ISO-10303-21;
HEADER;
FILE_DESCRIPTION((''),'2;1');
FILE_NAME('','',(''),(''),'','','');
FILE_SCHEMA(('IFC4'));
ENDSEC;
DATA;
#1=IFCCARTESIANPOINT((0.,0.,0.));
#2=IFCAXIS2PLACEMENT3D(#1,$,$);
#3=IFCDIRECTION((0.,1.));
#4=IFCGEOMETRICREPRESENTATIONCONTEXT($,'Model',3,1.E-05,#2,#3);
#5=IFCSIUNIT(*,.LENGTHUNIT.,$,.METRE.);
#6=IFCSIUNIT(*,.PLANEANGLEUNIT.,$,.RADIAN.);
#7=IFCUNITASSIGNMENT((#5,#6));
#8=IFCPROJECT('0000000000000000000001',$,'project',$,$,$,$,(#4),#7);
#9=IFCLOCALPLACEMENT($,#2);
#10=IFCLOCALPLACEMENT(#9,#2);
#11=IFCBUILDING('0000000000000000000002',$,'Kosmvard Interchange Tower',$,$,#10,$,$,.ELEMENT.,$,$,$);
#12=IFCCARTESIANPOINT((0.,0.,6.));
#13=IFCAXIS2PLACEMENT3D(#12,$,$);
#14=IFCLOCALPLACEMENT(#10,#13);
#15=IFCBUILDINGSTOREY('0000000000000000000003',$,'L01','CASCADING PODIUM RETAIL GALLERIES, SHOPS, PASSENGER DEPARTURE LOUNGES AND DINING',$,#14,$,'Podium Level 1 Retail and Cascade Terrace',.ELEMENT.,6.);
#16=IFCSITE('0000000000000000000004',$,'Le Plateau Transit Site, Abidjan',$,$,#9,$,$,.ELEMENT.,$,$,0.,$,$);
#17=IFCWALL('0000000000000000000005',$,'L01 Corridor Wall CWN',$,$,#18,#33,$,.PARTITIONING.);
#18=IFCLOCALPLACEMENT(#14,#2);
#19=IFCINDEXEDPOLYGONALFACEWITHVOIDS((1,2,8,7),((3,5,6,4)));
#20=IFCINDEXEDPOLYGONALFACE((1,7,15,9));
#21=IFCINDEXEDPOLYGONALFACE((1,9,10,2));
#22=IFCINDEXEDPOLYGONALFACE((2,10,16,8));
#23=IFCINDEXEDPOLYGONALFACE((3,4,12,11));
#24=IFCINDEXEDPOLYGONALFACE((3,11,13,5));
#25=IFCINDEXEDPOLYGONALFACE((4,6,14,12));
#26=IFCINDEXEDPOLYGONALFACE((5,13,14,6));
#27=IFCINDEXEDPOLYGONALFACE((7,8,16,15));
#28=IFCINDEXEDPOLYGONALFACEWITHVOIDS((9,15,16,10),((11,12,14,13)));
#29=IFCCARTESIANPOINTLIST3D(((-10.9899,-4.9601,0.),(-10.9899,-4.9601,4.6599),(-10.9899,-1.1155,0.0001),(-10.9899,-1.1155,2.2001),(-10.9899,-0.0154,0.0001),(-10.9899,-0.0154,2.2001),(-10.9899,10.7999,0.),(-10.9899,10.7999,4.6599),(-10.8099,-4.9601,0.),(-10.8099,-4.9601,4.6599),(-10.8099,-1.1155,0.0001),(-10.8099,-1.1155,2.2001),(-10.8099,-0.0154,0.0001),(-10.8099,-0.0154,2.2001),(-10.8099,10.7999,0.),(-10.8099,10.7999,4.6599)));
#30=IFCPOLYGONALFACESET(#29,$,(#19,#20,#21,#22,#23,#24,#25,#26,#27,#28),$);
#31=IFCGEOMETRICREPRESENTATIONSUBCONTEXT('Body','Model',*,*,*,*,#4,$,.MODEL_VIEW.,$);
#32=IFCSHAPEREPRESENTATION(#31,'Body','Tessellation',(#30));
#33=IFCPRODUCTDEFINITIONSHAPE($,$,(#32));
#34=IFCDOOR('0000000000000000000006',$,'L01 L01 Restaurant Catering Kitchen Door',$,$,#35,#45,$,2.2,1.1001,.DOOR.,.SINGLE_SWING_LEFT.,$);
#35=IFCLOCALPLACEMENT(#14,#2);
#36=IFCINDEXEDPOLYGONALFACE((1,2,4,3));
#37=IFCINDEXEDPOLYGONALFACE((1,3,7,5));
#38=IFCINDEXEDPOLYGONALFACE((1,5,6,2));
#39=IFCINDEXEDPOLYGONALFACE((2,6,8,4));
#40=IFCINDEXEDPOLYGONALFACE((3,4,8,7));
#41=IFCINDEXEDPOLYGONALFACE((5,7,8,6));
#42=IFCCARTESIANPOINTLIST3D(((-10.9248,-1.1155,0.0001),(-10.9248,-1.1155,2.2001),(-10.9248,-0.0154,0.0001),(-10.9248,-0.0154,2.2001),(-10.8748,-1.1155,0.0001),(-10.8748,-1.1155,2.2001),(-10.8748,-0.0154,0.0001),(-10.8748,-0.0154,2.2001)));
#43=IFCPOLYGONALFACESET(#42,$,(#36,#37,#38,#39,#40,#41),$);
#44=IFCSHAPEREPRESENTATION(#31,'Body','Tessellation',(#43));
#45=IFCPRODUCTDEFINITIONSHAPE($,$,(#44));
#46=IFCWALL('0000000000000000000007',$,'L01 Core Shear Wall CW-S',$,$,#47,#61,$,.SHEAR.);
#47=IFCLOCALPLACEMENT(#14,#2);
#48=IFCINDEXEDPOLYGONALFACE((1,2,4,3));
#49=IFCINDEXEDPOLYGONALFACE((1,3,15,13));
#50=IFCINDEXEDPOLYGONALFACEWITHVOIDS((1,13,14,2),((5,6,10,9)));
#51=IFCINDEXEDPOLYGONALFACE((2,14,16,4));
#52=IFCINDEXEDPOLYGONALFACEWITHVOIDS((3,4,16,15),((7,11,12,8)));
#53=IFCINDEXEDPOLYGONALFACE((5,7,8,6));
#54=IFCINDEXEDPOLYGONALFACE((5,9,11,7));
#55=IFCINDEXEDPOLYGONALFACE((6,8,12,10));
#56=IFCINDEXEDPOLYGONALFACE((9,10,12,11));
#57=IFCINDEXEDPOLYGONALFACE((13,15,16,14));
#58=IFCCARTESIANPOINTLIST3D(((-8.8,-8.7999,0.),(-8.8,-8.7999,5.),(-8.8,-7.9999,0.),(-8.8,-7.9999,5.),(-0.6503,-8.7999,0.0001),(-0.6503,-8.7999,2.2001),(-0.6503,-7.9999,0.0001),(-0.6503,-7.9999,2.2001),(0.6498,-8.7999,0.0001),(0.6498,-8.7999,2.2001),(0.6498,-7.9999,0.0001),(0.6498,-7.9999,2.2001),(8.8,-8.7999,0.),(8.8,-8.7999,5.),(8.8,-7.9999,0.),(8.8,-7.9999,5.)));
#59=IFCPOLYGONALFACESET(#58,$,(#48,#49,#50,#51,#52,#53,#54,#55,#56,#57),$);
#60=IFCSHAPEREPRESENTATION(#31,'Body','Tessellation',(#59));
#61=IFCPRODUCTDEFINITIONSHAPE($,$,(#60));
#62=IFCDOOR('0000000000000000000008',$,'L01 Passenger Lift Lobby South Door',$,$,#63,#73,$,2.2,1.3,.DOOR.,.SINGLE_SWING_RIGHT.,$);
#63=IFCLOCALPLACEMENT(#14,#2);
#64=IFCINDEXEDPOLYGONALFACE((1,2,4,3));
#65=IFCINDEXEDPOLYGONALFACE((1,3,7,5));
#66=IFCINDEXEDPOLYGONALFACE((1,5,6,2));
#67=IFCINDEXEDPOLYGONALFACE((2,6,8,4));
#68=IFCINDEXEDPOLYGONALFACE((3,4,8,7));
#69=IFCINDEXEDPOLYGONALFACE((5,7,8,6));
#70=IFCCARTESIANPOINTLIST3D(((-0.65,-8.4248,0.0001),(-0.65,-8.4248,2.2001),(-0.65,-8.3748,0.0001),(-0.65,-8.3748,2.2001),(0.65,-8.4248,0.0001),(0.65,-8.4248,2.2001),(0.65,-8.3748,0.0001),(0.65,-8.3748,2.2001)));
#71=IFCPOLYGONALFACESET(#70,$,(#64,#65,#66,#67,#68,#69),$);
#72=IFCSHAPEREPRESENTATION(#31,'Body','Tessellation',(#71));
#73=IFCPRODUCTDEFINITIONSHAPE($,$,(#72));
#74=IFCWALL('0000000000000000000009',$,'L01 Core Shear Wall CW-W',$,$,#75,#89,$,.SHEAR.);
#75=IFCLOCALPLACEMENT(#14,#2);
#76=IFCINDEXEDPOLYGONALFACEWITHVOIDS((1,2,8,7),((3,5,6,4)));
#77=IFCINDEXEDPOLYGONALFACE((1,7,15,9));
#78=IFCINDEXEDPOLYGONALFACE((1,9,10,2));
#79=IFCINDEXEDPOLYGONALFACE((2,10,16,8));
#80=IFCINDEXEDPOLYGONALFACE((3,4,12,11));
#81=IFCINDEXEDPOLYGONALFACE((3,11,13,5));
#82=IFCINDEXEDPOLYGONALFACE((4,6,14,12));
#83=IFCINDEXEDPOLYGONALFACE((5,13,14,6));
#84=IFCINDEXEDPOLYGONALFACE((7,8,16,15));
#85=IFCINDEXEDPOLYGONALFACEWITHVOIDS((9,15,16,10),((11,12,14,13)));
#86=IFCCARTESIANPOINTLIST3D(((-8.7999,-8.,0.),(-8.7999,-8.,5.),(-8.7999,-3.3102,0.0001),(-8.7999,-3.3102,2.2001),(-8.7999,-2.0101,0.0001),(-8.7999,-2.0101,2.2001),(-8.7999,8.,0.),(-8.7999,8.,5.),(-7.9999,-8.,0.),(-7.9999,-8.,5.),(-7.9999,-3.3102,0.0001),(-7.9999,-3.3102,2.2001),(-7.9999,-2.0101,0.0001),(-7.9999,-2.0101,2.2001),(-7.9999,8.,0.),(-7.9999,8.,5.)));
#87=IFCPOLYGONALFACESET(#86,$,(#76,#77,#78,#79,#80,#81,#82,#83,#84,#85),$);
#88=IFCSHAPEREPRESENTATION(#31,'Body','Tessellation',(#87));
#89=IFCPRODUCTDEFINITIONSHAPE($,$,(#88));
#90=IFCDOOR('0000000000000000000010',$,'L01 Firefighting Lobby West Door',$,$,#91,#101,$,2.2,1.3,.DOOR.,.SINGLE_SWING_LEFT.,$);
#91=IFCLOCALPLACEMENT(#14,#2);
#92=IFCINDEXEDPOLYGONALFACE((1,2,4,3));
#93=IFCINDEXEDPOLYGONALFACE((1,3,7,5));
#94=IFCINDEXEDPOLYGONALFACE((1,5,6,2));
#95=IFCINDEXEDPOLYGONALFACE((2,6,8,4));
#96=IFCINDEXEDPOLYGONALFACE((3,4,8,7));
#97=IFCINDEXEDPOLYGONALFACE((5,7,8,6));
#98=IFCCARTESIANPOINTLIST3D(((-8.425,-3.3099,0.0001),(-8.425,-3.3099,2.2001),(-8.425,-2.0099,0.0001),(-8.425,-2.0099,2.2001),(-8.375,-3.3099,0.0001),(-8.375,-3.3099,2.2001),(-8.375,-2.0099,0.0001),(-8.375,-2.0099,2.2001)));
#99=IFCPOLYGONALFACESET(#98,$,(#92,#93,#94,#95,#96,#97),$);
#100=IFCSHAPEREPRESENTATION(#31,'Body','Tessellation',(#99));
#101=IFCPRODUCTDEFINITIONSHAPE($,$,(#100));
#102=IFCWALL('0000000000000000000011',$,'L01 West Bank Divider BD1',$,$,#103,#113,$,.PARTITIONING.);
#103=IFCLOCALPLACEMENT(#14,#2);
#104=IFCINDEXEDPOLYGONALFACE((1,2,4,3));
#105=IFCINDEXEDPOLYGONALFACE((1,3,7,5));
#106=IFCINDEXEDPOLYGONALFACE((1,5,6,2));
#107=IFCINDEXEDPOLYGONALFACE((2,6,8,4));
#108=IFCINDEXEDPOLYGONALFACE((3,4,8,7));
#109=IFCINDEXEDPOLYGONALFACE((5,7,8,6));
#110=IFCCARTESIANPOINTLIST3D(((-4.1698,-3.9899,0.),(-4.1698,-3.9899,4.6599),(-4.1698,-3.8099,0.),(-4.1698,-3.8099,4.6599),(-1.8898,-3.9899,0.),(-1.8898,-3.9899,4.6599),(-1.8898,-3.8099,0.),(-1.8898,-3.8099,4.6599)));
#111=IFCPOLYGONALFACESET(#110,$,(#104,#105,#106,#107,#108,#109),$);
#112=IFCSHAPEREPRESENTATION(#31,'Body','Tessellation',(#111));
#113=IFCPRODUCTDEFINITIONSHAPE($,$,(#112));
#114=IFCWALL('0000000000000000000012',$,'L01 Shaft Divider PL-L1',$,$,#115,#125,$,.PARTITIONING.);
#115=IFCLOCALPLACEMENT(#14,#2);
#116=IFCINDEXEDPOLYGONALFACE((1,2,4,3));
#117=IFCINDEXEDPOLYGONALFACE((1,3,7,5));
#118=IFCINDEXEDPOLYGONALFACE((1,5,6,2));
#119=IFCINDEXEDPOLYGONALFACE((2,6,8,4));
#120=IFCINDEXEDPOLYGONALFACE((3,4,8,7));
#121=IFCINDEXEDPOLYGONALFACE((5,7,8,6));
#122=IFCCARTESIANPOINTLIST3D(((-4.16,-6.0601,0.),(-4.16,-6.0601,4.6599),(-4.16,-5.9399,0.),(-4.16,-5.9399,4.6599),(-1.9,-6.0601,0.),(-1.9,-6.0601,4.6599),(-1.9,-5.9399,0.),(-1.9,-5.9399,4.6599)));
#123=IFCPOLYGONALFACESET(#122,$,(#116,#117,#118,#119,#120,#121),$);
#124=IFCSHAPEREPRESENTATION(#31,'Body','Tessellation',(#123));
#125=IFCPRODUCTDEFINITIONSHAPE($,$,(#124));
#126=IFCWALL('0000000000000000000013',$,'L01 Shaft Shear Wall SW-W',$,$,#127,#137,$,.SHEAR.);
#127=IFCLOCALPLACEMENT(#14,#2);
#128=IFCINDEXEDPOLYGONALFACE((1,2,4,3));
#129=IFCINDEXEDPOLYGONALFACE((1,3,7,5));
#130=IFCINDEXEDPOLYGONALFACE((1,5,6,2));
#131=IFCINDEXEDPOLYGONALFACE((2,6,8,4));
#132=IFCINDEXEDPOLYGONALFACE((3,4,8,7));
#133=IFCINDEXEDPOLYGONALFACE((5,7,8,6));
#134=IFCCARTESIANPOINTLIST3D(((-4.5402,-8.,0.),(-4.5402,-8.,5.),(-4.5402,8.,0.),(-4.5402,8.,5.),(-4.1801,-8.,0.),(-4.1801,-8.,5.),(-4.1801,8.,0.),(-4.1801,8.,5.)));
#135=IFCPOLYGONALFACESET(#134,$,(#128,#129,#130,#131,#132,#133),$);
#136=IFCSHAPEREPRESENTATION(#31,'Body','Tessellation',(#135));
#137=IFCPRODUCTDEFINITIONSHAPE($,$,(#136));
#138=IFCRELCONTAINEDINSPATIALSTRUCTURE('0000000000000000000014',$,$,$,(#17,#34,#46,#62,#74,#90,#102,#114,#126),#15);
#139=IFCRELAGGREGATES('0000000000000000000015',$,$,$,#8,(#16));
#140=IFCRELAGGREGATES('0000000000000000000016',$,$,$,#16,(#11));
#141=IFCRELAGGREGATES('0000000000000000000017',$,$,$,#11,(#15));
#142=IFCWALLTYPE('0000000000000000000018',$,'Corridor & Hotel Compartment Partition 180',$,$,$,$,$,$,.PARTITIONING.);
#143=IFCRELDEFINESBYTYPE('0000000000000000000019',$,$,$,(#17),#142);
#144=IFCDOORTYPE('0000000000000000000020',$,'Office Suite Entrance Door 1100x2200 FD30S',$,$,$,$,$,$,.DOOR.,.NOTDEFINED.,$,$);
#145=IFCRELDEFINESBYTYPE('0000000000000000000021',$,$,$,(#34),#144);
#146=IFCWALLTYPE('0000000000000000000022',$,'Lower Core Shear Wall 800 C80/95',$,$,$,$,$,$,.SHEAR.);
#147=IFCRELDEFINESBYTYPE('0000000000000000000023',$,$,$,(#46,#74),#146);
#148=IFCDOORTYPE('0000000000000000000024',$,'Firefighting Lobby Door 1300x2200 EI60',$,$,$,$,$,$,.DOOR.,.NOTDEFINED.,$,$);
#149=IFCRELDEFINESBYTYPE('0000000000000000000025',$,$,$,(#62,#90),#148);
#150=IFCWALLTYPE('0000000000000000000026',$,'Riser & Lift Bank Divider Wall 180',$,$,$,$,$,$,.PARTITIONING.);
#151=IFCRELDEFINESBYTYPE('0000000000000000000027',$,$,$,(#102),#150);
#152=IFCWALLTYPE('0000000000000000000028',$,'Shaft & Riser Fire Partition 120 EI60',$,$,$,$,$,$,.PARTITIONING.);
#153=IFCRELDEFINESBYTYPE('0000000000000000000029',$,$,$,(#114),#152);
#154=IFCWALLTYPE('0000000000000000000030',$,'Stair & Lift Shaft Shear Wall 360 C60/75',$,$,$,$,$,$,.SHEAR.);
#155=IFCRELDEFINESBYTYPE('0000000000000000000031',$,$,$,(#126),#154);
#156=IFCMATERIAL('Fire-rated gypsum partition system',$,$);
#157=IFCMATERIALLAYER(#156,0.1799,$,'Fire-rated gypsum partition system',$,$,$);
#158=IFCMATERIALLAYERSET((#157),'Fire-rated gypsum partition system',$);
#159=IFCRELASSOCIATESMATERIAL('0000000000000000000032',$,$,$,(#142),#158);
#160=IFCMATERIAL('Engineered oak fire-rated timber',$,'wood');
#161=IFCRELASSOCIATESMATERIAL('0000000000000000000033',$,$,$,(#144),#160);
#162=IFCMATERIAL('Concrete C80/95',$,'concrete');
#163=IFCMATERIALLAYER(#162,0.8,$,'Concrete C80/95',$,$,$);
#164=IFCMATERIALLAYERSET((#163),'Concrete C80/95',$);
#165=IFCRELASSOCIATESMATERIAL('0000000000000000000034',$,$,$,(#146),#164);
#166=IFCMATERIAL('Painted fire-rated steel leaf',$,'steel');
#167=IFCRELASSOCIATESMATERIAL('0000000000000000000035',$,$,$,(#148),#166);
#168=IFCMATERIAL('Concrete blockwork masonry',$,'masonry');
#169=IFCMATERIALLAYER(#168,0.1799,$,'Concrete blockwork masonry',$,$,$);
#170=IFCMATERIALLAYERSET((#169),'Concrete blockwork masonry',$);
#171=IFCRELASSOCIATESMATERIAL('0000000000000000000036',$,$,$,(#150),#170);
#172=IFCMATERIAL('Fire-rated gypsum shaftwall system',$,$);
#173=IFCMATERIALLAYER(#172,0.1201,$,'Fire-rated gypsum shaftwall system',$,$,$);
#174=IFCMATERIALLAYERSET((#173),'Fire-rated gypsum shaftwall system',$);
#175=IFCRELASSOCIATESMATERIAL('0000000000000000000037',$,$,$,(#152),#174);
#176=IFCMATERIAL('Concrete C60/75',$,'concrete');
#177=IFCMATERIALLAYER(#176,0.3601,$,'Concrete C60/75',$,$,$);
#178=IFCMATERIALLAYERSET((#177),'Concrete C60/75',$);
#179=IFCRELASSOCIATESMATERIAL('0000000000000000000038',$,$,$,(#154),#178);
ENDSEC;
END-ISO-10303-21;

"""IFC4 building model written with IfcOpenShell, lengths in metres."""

from ifc_helpers import new_model, si_unit, direction, frame, frame_2d, origin, place, context, subcontext, project, spatial, rectangle, extrude, source, transform, mapped, material, layer, layer_set, type_object, element, fill, save


model = new_model("IFC4")

# Units and contexts
model_context = context("Model", 3, precision=1e-05, world=origin(), true_north=direction((0.0, 1.0)))
body_context = subcontext(model_context, "Body", "Model", "MODEL_VIEW")
ifc_project = project(units=[si_unit("LENGTHUNIT", "METRE"), si_unit("PLANEANGLEUNIT", "RADIAN")], contexts=[model_context])

# Site, building, storey
site_placement = place(None, origin())
site = spatial("IfcSite", under=ifc_project, at=site_placement, Name="Le Plateau Transit Site, Abidjan", CompositionType="ELEMENT", RefElevation=0.0)
building_placement = place(site_placement, origin())
building = spatial("IfcBuilding", under=site, at=building_placement, Name="Kosmvard Interchange Tower", CompositionType="ELEMENT")
storey_placement = place(building_placement, frame((0.0, 0.0, 6.0)))
storey = spatial("IfcBuildingStorey", under=building, at=storey_placement, Name="L01", Description="CASCADING PODIUM RETAIL GALLERIES, SHOPS, PASSENGER DEPARTURE LOUNGES AND DINING", LongName="Podium Level 1 Retail and Cascade Terrace", CompositionType="ELEMENT", Elevation=6.0)

# Shared definitions
ifc_material_1 = material(Name="Concrete C80/95", Category="concrete")

# Shared definitions
ifc_material_2 = material(Name="Fire-rated gypsum partition system")
ifc_layer_1 = layer(ifc_material_2, 0.1799, Name="Fire-rated gypsum partition system")
ifc_layer_set_1 = layer_set([ifc_layer_1], Name="Fire-rated gypsum partition system")
wall_type_1 = type_object("IfcWallType", Name="Corridor & Hotel Compartment Partition 180", PredefinedType="PARTITIONING", material=ifc_layer_set_1)
shared_shape_1 = source(origin(), body_context, "Body", "SweptSolid", [
    extrude(rectangle(XDim=1.1001, YDim=2.2, at=frame_2d((0.55, 1.1001))), frame((0.0, 0.0249, 0.0), z_axis=(0.0, -1.0, 0.0), x_axis=(1.0, 0.0, 0.0)), (0.0, 0.0, 1.0), 0.05),
])

# Walls, openings, doors
wall_1_placement = place(storey_placement, frame((-10.8999, -4.96, 0.0), z_axis=(0.0, 0.0, 1.0), x_axis=(0.0, 1.0, 0.0)))
wall_1 = element("IfcWall", 1, at=wall_1_placement, inside=storey, type_object=wall_type_1, Name="L01 Corridor Wall CWN", PredefinedType="PARTITIONING", context=body_context, shape_type="SweptSolid", body=[
    extrude(rectangle(XDim=15.76, YDim=0.1799, at=frame_2d((7.8799, 0.0))), origin(), (0.0, 0.0, 1.0), 4.6599),
])
opening_1_placement = place(wall_1_placement, frame((3.8445, 0.0, 0.0)))
opening_1 = element("IfcOpeningElement", 2, at=opening_1_placement, cuts=wall_1, PredefinedType="OPENING", context=body_context, shape_type="SweptSolid", body=[
    extrude(rectangle(XDim=1.1001, YDim=2.2, at=frame_2d((0.55, 1.1001))), frame((0.0, 0.1001, 0.0), z_axis=(0.0, -1.0, 0.0), x_axis=(1.0, 0.0, 0.0)), (0.0, 0.0, 1.0), 0.2),
])
ifc_material_3 = material(Name="Engineered oak fire-rated timber", Category="wood")
door_type_1 = type_object("IfcDoorType", Name="Office Suite Entrance Door 1100x2200 FD30S", OperationType="NOTDEFINED", PredefinedType="DOOR", material=ifc_material_3)
door_1_placement = place(opening_1_placement, origin())
door_1 = element("IfcDoor", 3, at=door_1_placement, inside=storey, type_object=door_type_1, Name="L01 L01 Restaurant Catering Kitchen Door", OperationType="SINGLE_SWING_LEFT", OverallHeight=2.2, OverallWidth=1.1001, PredefinedType="DOOR", context=body_context, shape_type="MappedRepresentation", body=[
    mapped(shared_shape_1, transform((0.0, 0.0, 0.0), scale=1.0)),
])
fill(opening_1, door_1)
ifc_layer_2 = layer(ifc_material_1, 0.8, Name="Concrete C80/95")
ifc_layer_set_2 = layer_set([ifc_layer_2], Name="Concrete C80/95")
wall_type_2 = type_object("IfcWallType", Name="Lower Core Shear Wall 800 C80/95", PredefinedType="SHEAR", material=ifc_layer_set_2)
wall_2_placement = place(storey_placement, frame((-8.8, -8.3999, 0.0), z_axis=(0.0, 0.0, 1.0), x_axis=(1.0, 0.0, 0.0)))
wall_2 = element("IfcWall", 4, at=wall_2_placement, inside=storey, type_object=wall_type_2, Name="L01 Core Shear Wall CW-S", PredefinedType="SHEAR", context=body_context, shape_type="SweptSolid", body=[
    extrude(rectangle(XDim=17.6001, YDim=0.8, at=frame_2d((8.8, 0.0))), origin(), (0.0, 0.0, 1.0), 5.0),
])
opening_2_placement = place(wall_2_placement, frame((8.1499, 0.0, 0.0)))
opening_2 = element("IfcOpeningElement", 5, at=opening_2_placement, cuts=wall_2, PredefinedType="OPENING", context=body_context, shape_type="SweptSolid", body=[
    extrude(rectangle(XDim=1.3, YDim=2.2, at=frame_2d((0.6499, 1.1001))), frame((0.0, 0.4102, 0.0), z_axis=(0.0, -1.0, 0.0), x_axis=(1.0, 0.0, 0.0)), (0.0, 0.0, 1.0), 0.8201),
])
ifc_material_4 = material(Name="Painted fire-rated steel leaf", Category="steel")
door_type_2 = type_object("IfcDoorType", Name="Firefighting Lobby Door 1300x2200 EI60", OperationType="NOTDEFINED", PredefinedType="DOOR", material=ifc_material_4)
shared_shape_2 = source(origin(), body_context, "Body", "SweptSolid", [
    extrude(rectangle(XDim=1.3, YDim=2.2, at=frame_2d((0.6499, 1.1001))), frame((0.0, 0.0249, 0.0), z_axis=(0.0, -1.0, 0.0), x_axis=(1.0, 0.0, 0.0)), (0.0, 0.0, 1.0), 0.05),
])
door_2_placement = place(opening_2_placement, frame((1.3, 0.0, 0.0), z_axis=(0.0, 0.0, 1.0), x_axis=(-1.0, 0.0, 0.0)))
door_2 = element("IfcDoor", 6, at=door_2_placement, inside=storey, type_object=door_type_2, Name="L01 Passenger Lift Lobby South Door", OperationType="SINGLE_SWING_RIGHT", OverallHeight=2.2, OverallWidth=1.3, PredefinedType="DOOR", context=body_context, shape_type="MappedRepresentation", body=[
    mapped(shared_shape_2, transform((0.0, 0.0, 0.0), scale=1.0)),
])
fill(opening_2, door_2)
wall_3_placement = place(storey_placement, frame((-8.3999, -8.0, 0.0), z_axis=(0.0, 0.0, 1.0), x_axis=(0.0, 1.0, 0.0)))
wall_3 = element("IfcWall", 7, at=wall_3_placement, inside=storey, type_object=wall_type_2, Name="L01 Core Shear Wall CW-W", PredefinedType="SHEAR", context=body_context, shape_type="SweptSolid", body=[
    extrude(rectangle(XDim=16.0, YDim=0.8, at=frame_2d((8.0, 0.0))), origin(), (0.0, 0.0, 1.0), 5.0),
])
opening_3_placement = place(wall_3_placement, frame((4.6899, 0.0, 0.0)))
opening_3 = element("IfcOpeningElement", 8, at=opening_3_placement, cuts=wall_3, PredefinedType="OPENING", context=body_context, shape_type="SweptSolid", body=[
    extrude(rectangle(XDim=1.3, YDim=2.2, at=frame_2d((0.6499, 1.1001))), frame((0.0, 0.4102, 0.0), z_axis=(0.0, -1.0, 0.0), x_axis=(1.0, 0.0, 0.0)), (0.0, 0.0, 1.0), 0.8201),
])
door_3_placement = place(opening_3_placement, frame((1.3, 0.0, 0.0), z_axis=(0.0, 0.0, 1.0), x_axis=(-1.0, 0.0, 0.0)))
door_3 = element("IfcDoor", 9, at=door_3_placement, inside=storey, type_object=door_type_2, Name="L01 Firefighting Lobby West Door", OperationType="SINGLE_SWING_LEFT", OverallHeight=2.2, OverallWidth=1.3, PredefinedType="DOOR", context=body_context, shape_type="MappedRepresentation", body=[
    mapped(shared_shape_2, transform((0.0, 0.0, 0.0), scale=1.0)),
])
fill(opening_3, door_3)

# Walls
ifc_material_5 = material(Name="Concrete blockwork masonry", Category="masonry")
ifc_layer_3 = layer(ifc_material_5, 0.1799, Name="Concrete blockwork masonry")
ifc_layer_set_3 = layer_set([ifc_layer_3], Name="Concrete blockwork masonry")
wall_type_3 = type_object("IfcWallType", Name="Riser & Lift Bank Divider Wall 180", PredefinedType="PARTITIONING", material=ifc_layer_set_3)
wall_4_placement = place(storey_placement, frame((-4.1699, -3.8999, 0.0), z_axis=(0.0, 0.0, 1.0), x_axis=(1.0, 0.0, 0.0)))
element("IfcWall", 10, at=wall_4_placement, inside=storey, type_object=wall_type_3, Name="L01 West Bank Divider BD1", PredefinedType="PARTITIONING", context=body_context, shape_type="SweptSolid", body=[
    extrude(rectangle(XDim=2.28, YDim=0.1799, at=frame_2d((1.1401, 0.0))), origin(), (0.0, 0.0, 1.0), 4.6599),
])
ifc_material_6 = material(Name="Fire-rated gypsum shaftwall system")
ifc_layer_4 = layer(ifc_material_6, 0.1201, Name="Fire-rated gypsum shaftwall system")
ifc_layer_set_4 = layer_set([ifc_layer_4], Name="Fire-rated gypsum shaftwall system")
wall_type_4 = type_object("IfcWallType", Name="Shaft & Riser Fire Partition 120 EI60", PredefinedType="PARTITIONING", material=ifc_layer_set_4)
wall_5_placement = place(storey_placement, frame((-4.1599, -6.0, 0.0), z_axis=(0.0, 0.0, 1.0), x_axis=(1.0, 0.0, 0.0)))
element("IfcWall", 11, at=wall_5_placement, inside=storey, type_object=wall_type_4, Name="L01 Shaft Divider PL-L1", PredefinedType="PARTITIONING", context=body_context, shape_type="SweptSolid", body=[
    extrude(rectangle(XDim=2.26, YDim=0.1201, at=frame_2d((1.1299, 0.0))), origin(), (0.0, 0.0, 1.0), 4.6599),
])
ifc_material_7 = material(Name="Concrete C60/75", Category="concrete")
ifc_layer_5 = layer(ifc_material_7, 0.3601, Name="Concrete C60/75")
ifc_layer_set_5 = layer_set([ifc_layer_5], Name="Concrete C60/75")
wall_type_5 = type_object("IfcWallType", Name="Stair & Lift Shaft Shear Wall 360 C60/75", PredefinedType="SHEAR", material=ifc_layer_set_5)
wall_6_placement = place(storey_placement, frame((-4.3601, -8.0, 0.0), z_axis=(0.0, 0.0, 1.0), x_axis=(0.0, 1.0, 0.0)))
element("IfcWall", 12, at=wall_6_placement, inside=storey, type_object=wall_type_5, Name="L01 Shaft Shear Wall SW-W", PredefinedType="SHEAR", context=body_context, shape_type="SweptSolid", body=[
    extrude(rectangle(XDim=16.0, YDim=0.3601, at=frame_2d((8.0, 0.0))), origin(), (0.0, 0.0, 1.0), 5.0),
])

save(model, "model.ifc")
